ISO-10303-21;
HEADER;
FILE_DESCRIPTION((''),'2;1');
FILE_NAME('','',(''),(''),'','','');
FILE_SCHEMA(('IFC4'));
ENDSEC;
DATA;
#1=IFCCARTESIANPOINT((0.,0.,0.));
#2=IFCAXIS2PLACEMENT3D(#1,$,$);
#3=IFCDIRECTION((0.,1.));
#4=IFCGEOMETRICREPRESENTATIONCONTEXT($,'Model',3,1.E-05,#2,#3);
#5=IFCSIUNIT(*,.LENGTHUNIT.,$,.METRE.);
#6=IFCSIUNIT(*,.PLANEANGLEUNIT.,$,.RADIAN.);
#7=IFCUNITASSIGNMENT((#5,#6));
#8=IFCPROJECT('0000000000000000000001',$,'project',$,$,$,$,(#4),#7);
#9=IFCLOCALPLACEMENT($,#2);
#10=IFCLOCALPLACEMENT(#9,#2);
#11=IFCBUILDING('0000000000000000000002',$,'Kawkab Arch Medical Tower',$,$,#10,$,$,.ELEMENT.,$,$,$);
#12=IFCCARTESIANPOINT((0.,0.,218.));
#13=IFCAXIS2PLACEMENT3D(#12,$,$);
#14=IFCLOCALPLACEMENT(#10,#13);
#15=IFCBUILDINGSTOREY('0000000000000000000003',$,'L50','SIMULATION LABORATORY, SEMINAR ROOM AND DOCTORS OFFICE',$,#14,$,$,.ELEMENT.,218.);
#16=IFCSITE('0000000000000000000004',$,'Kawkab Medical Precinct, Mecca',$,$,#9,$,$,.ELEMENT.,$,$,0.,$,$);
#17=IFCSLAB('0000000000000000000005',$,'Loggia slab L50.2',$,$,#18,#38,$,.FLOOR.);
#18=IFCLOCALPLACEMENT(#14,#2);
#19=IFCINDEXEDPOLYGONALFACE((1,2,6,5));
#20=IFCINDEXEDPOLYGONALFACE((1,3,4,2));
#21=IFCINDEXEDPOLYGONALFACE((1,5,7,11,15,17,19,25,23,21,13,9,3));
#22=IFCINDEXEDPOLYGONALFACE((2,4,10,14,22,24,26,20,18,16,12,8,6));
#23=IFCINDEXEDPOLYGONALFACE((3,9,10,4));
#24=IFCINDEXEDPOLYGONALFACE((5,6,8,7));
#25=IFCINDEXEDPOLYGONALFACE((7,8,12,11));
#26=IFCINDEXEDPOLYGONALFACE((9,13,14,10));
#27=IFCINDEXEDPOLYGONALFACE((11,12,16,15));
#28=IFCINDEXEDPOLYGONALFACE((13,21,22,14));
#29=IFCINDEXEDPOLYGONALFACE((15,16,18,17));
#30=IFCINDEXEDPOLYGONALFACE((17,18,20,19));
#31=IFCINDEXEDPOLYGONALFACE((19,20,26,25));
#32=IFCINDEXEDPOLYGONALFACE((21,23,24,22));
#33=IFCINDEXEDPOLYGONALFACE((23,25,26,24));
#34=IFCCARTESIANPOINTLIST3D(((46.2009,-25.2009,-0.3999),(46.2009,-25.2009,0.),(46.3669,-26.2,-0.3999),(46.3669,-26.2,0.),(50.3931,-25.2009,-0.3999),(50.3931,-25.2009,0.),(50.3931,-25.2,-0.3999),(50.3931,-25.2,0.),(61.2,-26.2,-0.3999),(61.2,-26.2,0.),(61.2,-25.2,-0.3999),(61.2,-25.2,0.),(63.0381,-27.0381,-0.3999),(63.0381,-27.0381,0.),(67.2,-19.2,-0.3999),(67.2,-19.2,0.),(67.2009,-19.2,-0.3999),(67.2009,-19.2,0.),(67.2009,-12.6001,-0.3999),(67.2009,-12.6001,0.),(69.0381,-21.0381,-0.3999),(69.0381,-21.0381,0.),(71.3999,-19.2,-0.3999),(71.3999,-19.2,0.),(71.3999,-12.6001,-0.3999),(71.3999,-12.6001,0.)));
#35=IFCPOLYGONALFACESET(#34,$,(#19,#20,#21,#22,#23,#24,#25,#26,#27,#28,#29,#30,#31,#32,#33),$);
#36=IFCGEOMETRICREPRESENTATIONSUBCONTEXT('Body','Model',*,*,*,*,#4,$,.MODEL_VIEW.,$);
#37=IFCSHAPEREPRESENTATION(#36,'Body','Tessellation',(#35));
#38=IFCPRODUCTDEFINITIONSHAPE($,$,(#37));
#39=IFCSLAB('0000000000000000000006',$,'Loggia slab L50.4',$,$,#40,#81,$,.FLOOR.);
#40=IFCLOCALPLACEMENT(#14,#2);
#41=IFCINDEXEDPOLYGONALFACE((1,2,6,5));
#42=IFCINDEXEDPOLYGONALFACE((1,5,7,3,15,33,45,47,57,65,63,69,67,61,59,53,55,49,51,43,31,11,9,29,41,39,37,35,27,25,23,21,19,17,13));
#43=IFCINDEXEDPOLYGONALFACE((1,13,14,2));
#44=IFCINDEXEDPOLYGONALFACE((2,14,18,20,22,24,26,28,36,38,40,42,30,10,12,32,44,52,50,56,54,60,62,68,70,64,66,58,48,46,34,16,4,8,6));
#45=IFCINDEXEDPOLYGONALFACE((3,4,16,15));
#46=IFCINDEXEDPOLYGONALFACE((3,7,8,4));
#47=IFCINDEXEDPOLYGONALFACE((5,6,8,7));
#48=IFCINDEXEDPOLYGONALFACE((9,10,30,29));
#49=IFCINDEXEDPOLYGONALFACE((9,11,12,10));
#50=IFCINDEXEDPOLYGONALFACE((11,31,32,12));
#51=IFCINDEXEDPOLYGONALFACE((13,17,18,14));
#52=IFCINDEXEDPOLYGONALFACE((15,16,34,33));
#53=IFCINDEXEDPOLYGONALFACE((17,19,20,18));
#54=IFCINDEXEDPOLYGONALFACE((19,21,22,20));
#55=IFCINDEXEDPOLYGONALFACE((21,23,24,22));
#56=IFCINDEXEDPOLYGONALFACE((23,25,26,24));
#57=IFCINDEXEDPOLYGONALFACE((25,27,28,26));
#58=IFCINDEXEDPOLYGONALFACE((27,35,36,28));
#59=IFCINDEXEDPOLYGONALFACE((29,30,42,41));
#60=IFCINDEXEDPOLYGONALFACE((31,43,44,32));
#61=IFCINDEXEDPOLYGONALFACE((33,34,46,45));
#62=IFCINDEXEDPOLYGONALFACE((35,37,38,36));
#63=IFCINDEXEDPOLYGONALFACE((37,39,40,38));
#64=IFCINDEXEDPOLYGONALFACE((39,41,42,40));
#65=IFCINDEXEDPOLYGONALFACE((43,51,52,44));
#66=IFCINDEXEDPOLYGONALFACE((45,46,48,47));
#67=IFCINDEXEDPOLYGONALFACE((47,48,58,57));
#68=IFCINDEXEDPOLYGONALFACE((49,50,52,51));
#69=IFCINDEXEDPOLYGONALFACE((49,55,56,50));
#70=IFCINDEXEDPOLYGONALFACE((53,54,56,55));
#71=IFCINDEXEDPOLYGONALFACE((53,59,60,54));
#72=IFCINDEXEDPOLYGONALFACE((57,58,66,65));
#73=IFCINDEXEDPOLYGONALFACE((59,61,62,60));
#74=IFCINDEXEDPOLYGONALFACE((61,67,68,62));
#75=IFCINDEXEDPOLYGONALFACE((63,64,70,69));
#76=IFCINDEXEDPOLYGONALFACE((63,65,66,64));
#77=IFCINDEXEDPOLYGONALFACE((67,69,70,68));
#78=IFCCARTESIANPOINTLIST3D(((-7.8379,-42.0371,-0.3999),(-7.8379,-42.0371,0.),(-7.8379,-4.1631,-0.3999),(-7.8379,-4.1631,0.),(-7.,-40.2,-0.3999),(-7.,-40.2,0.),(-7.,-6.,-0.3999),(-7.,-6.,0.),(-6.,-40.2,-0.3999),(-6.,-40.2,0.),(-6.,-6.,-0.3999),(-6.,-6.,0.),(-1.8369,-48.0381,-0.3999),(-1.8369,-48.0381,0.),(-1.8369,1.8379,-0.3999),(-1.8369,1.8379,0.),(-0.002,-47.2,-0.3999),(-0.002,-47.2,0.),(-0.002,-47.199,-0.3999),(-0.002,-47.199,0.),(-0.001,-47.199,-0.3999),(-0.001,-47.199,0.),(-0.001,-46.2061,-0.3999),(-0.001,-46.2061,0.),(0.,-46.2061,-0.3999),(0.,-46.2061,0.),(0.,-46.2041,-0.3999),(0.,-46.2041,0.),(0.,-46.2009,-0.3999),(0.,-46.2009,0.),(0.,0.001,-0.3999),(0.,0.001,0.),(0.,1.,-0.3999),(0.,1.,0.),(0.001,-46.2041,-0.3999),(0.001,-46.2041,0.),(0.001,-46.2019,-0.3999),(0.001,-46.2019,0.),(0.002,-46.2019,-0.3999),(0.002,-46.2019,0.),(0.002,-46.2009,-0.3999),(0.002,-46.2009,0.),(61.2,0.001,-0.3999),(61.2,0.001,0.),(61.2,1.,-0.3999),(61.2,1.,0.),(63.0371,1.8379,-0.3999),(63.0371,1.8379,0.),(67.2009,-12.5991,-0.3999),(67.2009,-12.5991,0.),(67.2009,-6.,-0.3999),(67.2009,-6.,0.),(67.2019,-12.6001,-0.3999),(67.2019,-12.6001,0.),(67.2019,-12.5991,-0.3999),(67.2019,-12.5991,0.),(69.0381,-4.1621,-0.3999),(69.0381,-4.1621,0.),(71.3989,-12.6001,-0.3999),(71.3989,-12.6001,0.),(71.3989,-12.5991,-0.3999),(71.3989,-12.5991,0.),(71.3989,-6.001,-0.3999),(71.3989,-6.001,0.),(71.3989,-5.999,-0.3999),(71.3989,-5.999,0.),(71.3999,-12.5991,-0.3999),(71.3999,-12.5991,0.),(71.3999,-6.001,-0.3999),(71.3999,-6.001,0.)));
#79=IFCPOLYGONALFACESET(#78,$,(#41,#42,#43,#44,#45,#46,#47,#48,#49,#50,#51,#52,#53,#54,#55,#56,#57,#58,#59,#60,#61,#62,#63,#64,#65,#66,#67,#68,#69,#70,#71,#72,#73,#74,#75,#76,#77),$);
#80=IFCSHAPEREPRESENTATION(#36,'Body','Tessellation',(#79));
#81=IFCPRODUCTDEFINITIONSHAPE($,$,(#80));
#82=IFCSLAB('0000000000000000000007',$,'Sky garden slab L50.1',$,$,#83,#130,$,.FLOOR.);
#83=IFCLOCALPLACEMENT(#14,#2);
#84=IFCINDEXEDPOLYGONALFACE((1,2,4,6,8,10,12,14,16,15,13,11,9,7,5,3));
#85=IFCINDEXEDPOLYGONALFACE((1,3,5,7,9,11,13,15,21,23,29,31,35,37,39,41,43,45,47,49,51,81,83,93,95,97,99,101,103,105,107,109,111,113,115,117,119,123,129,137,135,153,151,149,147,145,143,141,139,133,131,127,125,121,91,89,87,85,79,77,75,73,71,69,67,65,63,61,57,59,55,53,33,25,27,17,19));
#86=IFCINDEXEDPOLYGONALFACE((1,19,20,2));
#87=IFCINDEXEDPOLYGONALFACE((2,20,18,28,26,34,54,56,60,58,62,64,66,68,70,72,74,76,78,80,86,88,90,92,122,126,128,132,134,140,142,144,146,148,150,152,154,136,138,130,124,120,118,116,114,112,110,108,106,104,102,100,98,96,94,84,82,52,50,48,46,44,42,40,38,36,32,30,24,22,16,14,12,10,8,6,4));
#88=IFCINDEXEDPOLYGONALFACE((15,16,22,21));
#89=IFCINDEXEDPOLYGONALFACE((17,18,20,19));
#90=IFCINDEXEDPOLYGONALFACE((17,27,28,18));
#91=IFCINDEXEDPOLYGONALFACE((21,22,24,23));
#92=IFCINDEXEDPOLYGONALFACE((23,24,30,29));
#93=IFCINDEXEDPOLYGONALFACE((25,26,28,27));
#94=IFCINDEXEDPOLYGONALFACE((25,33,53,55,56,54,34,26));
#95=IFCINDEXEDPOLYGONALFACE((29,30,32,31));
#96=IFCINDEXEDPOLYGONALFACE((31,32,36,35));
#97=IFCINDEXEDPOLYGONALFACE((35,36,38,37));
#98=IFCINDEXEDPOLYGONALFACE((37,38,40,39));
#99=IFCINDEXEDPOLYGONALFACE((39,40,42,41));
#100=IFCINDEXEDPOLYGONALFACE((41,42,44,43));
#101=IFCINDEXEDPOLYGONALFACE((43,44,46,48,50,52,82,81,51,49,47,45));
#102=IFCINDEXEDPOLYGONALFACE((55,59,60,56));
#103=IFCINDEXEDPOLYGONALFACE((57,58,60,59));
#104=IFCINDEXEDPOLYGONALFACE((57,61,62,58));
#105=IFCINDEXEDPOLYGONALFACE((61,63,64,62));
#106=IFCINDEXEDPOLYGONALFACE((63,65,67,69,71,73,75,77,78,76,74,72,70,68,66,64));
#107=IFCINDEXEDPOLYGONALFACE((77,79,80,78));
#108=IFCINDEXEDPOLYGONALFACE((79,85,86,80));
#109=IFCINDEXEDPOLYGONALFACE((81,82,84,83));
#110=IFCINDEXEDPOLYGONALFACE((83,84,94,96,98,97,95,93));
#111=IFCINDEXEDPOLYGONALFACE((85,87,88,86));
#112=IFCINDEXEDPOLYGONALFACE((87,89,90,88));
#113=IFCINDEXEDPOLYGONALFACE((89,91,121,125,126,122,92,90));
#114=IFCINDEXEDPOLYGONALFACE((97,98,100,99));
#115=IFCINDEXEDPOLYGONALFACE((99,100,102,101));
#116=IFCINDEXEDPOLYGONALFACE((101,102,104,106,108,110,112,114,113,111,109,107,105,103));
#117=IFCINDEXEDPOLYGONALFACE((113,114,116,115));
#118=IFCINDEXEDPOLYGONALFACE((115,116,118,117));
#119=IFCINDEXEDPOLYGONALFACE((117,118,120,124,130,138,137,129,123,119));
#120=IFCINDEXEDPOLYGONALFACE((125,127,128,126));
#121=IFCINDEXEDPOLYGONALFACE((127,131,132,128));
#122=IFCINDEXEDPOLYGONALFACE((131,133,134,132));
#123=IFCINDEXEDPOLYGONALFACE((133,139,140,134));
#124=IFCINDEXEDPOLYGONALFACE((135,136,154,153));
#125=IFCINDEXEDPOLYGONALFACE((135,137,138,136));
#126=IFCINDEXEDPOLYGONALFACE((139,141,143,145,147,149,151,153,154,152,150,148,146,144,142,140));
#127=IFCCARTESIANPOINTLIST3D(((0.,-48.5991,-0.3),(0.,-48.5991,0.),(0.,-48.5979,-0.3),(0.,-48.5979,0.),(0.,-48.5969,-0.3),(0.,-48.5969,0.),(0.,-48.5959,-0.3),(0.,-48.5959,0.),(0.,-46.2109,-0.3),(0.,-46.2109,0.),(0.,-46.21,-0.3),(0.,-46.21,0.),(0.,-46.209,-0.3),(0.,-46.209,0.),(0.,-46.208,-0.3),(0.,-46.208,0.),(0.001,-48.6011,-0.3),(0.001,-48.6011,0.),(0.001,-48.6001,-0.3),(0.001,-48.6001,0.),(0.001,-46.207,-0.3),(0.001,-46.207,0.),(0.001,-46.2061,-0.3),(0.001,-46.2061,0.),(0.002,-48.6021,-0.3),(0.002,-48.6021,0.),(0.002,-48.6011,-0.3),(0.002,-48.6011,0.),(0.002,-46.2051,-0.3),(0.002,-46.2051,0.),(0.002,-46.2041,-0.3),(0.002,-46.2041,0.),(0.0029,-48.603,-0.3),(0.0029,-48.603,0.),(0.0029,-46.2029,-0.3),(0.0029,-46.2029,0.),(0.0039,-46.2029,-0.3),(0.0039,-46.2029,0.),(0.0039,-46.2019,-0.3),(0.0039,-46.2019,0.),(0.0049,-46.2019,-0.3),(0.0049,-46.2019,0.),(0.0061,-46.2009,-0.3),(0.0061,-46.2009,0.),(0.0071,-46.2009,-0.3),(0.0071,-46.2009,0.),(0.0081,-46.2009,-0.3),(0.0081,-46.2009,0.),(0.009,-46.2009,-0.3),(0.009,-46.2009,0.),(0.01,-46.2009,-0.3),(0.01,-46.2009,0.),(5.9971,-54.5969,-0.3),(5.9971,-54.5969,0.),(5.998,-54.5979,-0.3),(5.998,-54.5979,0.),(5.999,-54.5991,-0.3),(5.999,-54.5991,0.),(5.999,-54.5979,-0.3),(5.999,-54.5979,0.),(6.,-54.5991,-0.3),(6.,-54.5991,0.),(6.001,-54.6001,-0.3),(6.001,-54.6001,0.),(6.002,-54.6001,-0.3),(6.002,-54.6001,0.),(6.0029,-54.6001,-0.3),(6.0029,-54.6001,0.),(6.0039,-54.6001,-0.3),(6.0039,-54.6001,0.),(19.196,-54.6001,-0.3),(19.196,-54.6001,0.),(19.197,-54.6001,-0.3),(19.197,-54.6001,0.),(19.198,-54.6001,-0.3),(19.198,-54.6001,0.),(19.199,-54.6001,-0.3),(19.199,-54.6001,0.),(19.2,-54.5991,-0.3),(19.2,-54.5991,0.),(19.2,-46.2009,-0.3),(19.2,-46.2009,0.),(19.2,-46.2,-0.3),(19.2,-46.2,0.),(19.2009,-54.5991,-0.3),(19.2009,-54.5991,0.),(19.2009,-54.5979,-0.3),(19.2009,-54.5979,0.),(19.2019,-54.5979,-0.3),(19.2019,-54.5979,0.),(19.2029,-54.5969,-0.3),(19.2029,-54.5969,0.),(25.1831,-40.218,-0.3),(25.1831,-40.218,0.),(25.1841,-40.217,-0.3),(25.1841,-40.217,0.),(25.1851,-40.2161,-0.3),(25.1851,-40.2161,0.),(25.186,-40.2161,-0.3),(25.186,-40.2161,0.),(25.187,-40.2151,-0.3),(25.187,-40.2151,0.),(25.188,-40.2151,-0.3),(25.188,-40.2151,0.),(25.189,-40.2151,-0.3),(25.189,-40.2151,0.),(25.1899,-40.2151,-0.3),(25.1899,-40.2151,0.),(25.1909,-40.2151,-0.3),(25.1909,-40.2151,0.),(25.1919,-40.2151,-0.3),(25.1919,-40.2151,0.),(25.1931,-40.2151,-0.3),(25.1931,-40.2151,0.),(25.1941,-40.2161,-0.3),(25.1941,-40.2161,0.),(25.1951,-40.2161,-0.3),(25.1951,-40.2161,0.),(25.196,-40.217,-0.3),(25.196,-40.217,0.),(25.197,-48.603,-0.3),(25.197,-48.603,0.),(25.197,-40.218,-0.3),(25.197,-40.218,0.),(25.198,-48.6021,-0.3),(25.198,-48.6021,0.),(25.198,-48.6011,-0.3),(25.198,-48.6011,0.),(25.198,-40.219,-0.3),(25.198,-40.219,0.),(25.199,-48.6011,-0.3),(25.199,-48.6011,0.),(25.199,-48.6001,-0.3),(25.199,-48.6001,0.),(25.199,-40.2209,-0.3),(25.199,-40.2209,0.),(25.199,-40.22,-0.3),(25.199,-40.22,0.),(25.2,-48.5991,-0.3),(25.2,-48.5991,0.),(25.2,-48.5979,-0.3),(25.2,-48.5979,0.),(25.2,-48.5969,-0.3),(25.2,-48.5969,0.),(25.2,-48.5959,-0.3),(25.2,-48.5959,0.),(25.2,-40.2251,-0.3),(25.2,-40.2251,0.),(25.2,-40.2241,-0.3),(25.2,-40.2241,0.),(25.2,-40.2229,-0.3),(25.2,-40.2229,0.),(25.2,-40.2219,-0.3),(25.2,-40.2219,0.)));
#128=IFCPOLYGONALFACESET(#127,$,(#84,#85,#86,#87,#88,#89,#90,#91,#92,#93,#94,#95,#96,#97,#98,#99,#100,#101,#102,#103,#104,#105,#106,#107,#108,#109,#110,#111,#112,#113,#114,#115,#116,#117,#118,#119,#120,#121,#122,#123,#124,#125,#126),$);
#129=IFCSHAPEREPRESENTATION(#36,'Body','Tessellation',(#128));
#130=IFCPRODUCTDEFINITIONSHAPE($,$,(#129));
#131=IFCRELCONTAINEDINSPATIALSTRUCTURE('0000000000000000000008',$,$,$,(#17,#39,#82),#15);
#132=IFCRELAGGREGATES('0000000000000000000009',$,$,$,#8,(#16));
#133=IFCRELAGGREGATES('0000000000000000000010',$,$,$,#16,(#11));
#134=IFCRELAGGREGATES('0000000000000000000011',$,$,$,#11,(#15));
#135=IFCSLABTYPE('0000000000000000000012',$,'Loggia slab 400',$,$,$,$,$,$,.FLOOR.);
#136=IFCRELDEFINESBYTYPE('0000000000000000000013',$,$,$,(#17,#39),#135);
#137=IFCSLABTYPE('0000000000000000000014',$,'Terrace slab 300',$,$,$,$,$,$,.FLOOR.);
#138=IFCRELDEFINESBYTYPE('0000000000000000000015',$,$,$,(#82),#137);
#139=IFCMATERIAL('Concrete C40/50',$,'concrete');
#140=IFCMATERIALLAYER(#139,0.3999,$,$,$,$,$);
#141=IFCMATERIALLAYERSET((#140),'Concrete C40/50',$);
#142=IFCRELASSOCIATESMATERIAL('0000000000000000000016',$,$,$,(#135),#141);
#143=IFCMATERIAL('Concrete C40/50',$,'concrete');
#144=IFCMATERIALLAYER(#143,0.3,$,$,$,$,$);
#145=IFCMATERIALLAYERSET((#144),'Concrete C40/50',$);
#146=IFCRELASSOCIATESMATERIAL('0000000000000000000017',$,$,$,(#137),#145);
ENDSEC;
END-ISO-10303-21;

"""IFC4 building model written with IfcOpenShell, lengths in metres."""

from ifc_helpers import new_model, si_unit, direction, frame, origin, place, context, subcontext, project, spatial, polyline, outline, extrude, material, layer, layer_set, type_object, element, save


model = new_model("IFC4")

# Units and contexts
model_context = context("Model", 3, precision=1e-05, world=origin(), true_north=direction((0.0, 1.0)))
body_context = subcontext(model_context, "Body", "Model", "MODEL_VIEW")
ifc_project = project(units=[si_unit("LENGTHUNIT", "METRE"), si_unit("PLANEANGLEUNIT", "RADIAN")], contexts=[model_context])

# Site, building, storey
site_placement = place(None, origin())
site = spatial("IfcSite", under=ifc_project, at=site_placement, Name="Kawkab Medical Precinct, Mecca", CompositionType="ELEMENT", RefElevation=0.0)
building_placement = place(site_placement, origin())
building = spatial("IfcBuilding", under=site, at=building_placement, Name="Kawkab Arch Medical Tower", CompositionType="ELEMENT")
storey_placement = place(building_placement, frame((0.0, 0.0, 218.0)))
storey = spatial("IfcBuildingStorey", under=building, at=storey_placement, Name="L50", Description="SIMULATION LABORATORY, SEMINAR ROOM AND DOCTORS OFFICE", CompositionType="ELEMENT", Elevation=218.0)

# Slabs
ifc_material_1 = material(Name="Concrete C40/50", Category="concrete")
ifc_layer_1 = layer(ifc_material_1, 0.3999)
ifc_layer_set_1 = layer_set([ifc_layer_1], Name="Concrete C40/50")
slab_type_1 = type_object("IfcSlabType", Name="Loggia slab 400", PredefinedType="FLOOR", material=ifc_layer_set_1)
placement_1 = place(storey_placement, frame((0.0, 0.0, -0.3999)))
element("IfcSlab", 1, at=placement_1, inside=storey, type_object=slab_type_1, Name="Loggia slab L50.2", PredefinedType="FLOOR", context=body_context, shape_type="SweptSolid", body=[
    extrude(outline(polyline([(69.0381, -21.0381), (63.0381, -27.0381), (61.2, -26.2), (46.3669, -26.2), (46.2009, -25.2009), (50.3931, -25.2009), (50.3931, -25.2), (61.2, -25.2), (67.2, -19.2), (67.2009, -19.2), (67.2009, -12.6001), (71.3999, -12.6001), (71.3999, -19.2), (69.0381, -21.0381)])), origin(), (0.0, 0.0, 1.0), 0.3999),
])
element("IfcSlab", 2, at=placement_1, inside=storey, type_object=slab_type_1, Name="Loggia slab L50.4", PredefinedType="FLOOR", context=body_context, shape_type="SweptSolid", body=[
    extrude(outline(polyline([(-7.8379, -42.0371), (-7.0, -40.2), (-7.0, -6.0), (-7.8379, -4.1631), (-1.8369, 1.8379), (0.0, 1.0), (61.2, 1.0), (63.0371, 1.8379), (69.0381, -4.1621), (71.3989, -5.999), (71.3989, -6.001), (71.3999, -6.001), (71.3999, -12.5991), (71.3989, -12.5991), (71.3989, -12.6001), (67.2019, -12.6001), (67.2019, -12.5991), (67.2009, -12.5991), (67.2009, -6.0), (61.2, 0.001), (0.0, 0.001), (-6.0, -6.0), (-6.0, -40.2), (0.0, -46.2009), (0.002, -46.2009), (0.002, -46.2019), (0.001, -46.2019), (0.001, -46.2041), (0.0, -46.2041), (0.0, -46.2061), (-0.001, -46.2061), (-0.001, -47.199), (-0.002, -47.199), (-0.002, -47.2), (-1.8369, -48.0381), (-7.8379, -42.0371)])), origin(), (0.0, 0.0, 1.0), 0.3999),
])
ifc_material_2 = material(Name="Concrete C40/50", Category="concrete")
ifc_layer_2 = layer(ifc_material_2, 0.3)
ifc_layer_set_2 = layer_set([ifc_layer_2], Name="Concrete C40/50")
slab_type_2 = type_object("IfcSlabType", Name="Terrace slab 300", PredefinedType="FLOOR", material=ifc_layer_set_2)
placement_2 = place(storey_placement, frame((0.0, 0.0, -0.3)))
element("IfcSlab", 3, at=placement_2, inside=storey, type_object=slab_type_2, Name="Sky garden slab L50.1", PredefinedType="FLOOR", context=body_context, shape_type="SweptSolid", body=[
    extrude(outline(polyline([(25.2, -48.5979), (25.2, -48.5969), (25.2, -48.5959), (25.2, -40.2251), (25.2, -40.2241), (25.2, -40.2229), (25.2, -40.2219), (25.199, -40.2209), (25.199, -40.22), (25.198, -40.219), (25.197, -40.218), (25.196, -40.217), (25.1951, -40.2161), (25.1941, -40.2161), (25.1931, -40.2151), (25.1919, -40.2151), (25.1909, -40.2151), (25.1899, -40.2151), (25.189, -40.2151), (25.188, -40.2151), (25.187, -40.2151), (25.186, -40.2161), (25.1851, -40.2161), (25.1841, -40.217), (25.1831, -40.218), (19.2, -46.2), (19.2, -46.2009), (0.01, -46.2009), (0.009, -46.2009), (0.0081, -46.2009), (0.0071, -46.2009), (0.0061, -46.2009), (0.0049, -46.2019), (0.0039, -46.2019), (0.0039, -46.2029), (0.0029, -46.2029), (0.002, -46.2041), (0.002, -46.2051), (0.001, -46.2061), (0.001, -46.207), (0.0, -46.208), (0.0, -46.209), (0.0, -46.21), (0.0, -46.2109), (0.0, -48.5959), (0.0, -48.5969), (0.0, -48.5979), (0.0, -48.5991), (0.001, -48.6001), (0.001, -48.6011), (0.002, -48.6011), (0.002, -48.6021), (0.0029, -48.603), (5.9971, -54.5969), (5.998, -54.5979), (5.999, -54.5979), (5.999, -54.5991), (6.0, -54.5991), (6.001, -54.6001), (6.002, -54.6001), (6.0029, -54.6001), (6.0039, -54.6001), (19.196, -54.6001), (19.197, -54.6001), (19.198, -54.6001), (19.199, -54.6001), (19.2, -54.5991), (19.2009, -54.5991), (19.2009, -54.5979), (19.2019, -54.5979), (19.2029, -54.5969), (25.197, -48.603), (25.198, -48.6021), (25.198, -48.6011), (25.199, -48.6011), (25.199, -48.6001), (25.2, -48.5991), (25.2, -48.5979)])), origin(), (0.0, 0.0, 1.0), 0.3),
])

save(model, "model.ifc")
